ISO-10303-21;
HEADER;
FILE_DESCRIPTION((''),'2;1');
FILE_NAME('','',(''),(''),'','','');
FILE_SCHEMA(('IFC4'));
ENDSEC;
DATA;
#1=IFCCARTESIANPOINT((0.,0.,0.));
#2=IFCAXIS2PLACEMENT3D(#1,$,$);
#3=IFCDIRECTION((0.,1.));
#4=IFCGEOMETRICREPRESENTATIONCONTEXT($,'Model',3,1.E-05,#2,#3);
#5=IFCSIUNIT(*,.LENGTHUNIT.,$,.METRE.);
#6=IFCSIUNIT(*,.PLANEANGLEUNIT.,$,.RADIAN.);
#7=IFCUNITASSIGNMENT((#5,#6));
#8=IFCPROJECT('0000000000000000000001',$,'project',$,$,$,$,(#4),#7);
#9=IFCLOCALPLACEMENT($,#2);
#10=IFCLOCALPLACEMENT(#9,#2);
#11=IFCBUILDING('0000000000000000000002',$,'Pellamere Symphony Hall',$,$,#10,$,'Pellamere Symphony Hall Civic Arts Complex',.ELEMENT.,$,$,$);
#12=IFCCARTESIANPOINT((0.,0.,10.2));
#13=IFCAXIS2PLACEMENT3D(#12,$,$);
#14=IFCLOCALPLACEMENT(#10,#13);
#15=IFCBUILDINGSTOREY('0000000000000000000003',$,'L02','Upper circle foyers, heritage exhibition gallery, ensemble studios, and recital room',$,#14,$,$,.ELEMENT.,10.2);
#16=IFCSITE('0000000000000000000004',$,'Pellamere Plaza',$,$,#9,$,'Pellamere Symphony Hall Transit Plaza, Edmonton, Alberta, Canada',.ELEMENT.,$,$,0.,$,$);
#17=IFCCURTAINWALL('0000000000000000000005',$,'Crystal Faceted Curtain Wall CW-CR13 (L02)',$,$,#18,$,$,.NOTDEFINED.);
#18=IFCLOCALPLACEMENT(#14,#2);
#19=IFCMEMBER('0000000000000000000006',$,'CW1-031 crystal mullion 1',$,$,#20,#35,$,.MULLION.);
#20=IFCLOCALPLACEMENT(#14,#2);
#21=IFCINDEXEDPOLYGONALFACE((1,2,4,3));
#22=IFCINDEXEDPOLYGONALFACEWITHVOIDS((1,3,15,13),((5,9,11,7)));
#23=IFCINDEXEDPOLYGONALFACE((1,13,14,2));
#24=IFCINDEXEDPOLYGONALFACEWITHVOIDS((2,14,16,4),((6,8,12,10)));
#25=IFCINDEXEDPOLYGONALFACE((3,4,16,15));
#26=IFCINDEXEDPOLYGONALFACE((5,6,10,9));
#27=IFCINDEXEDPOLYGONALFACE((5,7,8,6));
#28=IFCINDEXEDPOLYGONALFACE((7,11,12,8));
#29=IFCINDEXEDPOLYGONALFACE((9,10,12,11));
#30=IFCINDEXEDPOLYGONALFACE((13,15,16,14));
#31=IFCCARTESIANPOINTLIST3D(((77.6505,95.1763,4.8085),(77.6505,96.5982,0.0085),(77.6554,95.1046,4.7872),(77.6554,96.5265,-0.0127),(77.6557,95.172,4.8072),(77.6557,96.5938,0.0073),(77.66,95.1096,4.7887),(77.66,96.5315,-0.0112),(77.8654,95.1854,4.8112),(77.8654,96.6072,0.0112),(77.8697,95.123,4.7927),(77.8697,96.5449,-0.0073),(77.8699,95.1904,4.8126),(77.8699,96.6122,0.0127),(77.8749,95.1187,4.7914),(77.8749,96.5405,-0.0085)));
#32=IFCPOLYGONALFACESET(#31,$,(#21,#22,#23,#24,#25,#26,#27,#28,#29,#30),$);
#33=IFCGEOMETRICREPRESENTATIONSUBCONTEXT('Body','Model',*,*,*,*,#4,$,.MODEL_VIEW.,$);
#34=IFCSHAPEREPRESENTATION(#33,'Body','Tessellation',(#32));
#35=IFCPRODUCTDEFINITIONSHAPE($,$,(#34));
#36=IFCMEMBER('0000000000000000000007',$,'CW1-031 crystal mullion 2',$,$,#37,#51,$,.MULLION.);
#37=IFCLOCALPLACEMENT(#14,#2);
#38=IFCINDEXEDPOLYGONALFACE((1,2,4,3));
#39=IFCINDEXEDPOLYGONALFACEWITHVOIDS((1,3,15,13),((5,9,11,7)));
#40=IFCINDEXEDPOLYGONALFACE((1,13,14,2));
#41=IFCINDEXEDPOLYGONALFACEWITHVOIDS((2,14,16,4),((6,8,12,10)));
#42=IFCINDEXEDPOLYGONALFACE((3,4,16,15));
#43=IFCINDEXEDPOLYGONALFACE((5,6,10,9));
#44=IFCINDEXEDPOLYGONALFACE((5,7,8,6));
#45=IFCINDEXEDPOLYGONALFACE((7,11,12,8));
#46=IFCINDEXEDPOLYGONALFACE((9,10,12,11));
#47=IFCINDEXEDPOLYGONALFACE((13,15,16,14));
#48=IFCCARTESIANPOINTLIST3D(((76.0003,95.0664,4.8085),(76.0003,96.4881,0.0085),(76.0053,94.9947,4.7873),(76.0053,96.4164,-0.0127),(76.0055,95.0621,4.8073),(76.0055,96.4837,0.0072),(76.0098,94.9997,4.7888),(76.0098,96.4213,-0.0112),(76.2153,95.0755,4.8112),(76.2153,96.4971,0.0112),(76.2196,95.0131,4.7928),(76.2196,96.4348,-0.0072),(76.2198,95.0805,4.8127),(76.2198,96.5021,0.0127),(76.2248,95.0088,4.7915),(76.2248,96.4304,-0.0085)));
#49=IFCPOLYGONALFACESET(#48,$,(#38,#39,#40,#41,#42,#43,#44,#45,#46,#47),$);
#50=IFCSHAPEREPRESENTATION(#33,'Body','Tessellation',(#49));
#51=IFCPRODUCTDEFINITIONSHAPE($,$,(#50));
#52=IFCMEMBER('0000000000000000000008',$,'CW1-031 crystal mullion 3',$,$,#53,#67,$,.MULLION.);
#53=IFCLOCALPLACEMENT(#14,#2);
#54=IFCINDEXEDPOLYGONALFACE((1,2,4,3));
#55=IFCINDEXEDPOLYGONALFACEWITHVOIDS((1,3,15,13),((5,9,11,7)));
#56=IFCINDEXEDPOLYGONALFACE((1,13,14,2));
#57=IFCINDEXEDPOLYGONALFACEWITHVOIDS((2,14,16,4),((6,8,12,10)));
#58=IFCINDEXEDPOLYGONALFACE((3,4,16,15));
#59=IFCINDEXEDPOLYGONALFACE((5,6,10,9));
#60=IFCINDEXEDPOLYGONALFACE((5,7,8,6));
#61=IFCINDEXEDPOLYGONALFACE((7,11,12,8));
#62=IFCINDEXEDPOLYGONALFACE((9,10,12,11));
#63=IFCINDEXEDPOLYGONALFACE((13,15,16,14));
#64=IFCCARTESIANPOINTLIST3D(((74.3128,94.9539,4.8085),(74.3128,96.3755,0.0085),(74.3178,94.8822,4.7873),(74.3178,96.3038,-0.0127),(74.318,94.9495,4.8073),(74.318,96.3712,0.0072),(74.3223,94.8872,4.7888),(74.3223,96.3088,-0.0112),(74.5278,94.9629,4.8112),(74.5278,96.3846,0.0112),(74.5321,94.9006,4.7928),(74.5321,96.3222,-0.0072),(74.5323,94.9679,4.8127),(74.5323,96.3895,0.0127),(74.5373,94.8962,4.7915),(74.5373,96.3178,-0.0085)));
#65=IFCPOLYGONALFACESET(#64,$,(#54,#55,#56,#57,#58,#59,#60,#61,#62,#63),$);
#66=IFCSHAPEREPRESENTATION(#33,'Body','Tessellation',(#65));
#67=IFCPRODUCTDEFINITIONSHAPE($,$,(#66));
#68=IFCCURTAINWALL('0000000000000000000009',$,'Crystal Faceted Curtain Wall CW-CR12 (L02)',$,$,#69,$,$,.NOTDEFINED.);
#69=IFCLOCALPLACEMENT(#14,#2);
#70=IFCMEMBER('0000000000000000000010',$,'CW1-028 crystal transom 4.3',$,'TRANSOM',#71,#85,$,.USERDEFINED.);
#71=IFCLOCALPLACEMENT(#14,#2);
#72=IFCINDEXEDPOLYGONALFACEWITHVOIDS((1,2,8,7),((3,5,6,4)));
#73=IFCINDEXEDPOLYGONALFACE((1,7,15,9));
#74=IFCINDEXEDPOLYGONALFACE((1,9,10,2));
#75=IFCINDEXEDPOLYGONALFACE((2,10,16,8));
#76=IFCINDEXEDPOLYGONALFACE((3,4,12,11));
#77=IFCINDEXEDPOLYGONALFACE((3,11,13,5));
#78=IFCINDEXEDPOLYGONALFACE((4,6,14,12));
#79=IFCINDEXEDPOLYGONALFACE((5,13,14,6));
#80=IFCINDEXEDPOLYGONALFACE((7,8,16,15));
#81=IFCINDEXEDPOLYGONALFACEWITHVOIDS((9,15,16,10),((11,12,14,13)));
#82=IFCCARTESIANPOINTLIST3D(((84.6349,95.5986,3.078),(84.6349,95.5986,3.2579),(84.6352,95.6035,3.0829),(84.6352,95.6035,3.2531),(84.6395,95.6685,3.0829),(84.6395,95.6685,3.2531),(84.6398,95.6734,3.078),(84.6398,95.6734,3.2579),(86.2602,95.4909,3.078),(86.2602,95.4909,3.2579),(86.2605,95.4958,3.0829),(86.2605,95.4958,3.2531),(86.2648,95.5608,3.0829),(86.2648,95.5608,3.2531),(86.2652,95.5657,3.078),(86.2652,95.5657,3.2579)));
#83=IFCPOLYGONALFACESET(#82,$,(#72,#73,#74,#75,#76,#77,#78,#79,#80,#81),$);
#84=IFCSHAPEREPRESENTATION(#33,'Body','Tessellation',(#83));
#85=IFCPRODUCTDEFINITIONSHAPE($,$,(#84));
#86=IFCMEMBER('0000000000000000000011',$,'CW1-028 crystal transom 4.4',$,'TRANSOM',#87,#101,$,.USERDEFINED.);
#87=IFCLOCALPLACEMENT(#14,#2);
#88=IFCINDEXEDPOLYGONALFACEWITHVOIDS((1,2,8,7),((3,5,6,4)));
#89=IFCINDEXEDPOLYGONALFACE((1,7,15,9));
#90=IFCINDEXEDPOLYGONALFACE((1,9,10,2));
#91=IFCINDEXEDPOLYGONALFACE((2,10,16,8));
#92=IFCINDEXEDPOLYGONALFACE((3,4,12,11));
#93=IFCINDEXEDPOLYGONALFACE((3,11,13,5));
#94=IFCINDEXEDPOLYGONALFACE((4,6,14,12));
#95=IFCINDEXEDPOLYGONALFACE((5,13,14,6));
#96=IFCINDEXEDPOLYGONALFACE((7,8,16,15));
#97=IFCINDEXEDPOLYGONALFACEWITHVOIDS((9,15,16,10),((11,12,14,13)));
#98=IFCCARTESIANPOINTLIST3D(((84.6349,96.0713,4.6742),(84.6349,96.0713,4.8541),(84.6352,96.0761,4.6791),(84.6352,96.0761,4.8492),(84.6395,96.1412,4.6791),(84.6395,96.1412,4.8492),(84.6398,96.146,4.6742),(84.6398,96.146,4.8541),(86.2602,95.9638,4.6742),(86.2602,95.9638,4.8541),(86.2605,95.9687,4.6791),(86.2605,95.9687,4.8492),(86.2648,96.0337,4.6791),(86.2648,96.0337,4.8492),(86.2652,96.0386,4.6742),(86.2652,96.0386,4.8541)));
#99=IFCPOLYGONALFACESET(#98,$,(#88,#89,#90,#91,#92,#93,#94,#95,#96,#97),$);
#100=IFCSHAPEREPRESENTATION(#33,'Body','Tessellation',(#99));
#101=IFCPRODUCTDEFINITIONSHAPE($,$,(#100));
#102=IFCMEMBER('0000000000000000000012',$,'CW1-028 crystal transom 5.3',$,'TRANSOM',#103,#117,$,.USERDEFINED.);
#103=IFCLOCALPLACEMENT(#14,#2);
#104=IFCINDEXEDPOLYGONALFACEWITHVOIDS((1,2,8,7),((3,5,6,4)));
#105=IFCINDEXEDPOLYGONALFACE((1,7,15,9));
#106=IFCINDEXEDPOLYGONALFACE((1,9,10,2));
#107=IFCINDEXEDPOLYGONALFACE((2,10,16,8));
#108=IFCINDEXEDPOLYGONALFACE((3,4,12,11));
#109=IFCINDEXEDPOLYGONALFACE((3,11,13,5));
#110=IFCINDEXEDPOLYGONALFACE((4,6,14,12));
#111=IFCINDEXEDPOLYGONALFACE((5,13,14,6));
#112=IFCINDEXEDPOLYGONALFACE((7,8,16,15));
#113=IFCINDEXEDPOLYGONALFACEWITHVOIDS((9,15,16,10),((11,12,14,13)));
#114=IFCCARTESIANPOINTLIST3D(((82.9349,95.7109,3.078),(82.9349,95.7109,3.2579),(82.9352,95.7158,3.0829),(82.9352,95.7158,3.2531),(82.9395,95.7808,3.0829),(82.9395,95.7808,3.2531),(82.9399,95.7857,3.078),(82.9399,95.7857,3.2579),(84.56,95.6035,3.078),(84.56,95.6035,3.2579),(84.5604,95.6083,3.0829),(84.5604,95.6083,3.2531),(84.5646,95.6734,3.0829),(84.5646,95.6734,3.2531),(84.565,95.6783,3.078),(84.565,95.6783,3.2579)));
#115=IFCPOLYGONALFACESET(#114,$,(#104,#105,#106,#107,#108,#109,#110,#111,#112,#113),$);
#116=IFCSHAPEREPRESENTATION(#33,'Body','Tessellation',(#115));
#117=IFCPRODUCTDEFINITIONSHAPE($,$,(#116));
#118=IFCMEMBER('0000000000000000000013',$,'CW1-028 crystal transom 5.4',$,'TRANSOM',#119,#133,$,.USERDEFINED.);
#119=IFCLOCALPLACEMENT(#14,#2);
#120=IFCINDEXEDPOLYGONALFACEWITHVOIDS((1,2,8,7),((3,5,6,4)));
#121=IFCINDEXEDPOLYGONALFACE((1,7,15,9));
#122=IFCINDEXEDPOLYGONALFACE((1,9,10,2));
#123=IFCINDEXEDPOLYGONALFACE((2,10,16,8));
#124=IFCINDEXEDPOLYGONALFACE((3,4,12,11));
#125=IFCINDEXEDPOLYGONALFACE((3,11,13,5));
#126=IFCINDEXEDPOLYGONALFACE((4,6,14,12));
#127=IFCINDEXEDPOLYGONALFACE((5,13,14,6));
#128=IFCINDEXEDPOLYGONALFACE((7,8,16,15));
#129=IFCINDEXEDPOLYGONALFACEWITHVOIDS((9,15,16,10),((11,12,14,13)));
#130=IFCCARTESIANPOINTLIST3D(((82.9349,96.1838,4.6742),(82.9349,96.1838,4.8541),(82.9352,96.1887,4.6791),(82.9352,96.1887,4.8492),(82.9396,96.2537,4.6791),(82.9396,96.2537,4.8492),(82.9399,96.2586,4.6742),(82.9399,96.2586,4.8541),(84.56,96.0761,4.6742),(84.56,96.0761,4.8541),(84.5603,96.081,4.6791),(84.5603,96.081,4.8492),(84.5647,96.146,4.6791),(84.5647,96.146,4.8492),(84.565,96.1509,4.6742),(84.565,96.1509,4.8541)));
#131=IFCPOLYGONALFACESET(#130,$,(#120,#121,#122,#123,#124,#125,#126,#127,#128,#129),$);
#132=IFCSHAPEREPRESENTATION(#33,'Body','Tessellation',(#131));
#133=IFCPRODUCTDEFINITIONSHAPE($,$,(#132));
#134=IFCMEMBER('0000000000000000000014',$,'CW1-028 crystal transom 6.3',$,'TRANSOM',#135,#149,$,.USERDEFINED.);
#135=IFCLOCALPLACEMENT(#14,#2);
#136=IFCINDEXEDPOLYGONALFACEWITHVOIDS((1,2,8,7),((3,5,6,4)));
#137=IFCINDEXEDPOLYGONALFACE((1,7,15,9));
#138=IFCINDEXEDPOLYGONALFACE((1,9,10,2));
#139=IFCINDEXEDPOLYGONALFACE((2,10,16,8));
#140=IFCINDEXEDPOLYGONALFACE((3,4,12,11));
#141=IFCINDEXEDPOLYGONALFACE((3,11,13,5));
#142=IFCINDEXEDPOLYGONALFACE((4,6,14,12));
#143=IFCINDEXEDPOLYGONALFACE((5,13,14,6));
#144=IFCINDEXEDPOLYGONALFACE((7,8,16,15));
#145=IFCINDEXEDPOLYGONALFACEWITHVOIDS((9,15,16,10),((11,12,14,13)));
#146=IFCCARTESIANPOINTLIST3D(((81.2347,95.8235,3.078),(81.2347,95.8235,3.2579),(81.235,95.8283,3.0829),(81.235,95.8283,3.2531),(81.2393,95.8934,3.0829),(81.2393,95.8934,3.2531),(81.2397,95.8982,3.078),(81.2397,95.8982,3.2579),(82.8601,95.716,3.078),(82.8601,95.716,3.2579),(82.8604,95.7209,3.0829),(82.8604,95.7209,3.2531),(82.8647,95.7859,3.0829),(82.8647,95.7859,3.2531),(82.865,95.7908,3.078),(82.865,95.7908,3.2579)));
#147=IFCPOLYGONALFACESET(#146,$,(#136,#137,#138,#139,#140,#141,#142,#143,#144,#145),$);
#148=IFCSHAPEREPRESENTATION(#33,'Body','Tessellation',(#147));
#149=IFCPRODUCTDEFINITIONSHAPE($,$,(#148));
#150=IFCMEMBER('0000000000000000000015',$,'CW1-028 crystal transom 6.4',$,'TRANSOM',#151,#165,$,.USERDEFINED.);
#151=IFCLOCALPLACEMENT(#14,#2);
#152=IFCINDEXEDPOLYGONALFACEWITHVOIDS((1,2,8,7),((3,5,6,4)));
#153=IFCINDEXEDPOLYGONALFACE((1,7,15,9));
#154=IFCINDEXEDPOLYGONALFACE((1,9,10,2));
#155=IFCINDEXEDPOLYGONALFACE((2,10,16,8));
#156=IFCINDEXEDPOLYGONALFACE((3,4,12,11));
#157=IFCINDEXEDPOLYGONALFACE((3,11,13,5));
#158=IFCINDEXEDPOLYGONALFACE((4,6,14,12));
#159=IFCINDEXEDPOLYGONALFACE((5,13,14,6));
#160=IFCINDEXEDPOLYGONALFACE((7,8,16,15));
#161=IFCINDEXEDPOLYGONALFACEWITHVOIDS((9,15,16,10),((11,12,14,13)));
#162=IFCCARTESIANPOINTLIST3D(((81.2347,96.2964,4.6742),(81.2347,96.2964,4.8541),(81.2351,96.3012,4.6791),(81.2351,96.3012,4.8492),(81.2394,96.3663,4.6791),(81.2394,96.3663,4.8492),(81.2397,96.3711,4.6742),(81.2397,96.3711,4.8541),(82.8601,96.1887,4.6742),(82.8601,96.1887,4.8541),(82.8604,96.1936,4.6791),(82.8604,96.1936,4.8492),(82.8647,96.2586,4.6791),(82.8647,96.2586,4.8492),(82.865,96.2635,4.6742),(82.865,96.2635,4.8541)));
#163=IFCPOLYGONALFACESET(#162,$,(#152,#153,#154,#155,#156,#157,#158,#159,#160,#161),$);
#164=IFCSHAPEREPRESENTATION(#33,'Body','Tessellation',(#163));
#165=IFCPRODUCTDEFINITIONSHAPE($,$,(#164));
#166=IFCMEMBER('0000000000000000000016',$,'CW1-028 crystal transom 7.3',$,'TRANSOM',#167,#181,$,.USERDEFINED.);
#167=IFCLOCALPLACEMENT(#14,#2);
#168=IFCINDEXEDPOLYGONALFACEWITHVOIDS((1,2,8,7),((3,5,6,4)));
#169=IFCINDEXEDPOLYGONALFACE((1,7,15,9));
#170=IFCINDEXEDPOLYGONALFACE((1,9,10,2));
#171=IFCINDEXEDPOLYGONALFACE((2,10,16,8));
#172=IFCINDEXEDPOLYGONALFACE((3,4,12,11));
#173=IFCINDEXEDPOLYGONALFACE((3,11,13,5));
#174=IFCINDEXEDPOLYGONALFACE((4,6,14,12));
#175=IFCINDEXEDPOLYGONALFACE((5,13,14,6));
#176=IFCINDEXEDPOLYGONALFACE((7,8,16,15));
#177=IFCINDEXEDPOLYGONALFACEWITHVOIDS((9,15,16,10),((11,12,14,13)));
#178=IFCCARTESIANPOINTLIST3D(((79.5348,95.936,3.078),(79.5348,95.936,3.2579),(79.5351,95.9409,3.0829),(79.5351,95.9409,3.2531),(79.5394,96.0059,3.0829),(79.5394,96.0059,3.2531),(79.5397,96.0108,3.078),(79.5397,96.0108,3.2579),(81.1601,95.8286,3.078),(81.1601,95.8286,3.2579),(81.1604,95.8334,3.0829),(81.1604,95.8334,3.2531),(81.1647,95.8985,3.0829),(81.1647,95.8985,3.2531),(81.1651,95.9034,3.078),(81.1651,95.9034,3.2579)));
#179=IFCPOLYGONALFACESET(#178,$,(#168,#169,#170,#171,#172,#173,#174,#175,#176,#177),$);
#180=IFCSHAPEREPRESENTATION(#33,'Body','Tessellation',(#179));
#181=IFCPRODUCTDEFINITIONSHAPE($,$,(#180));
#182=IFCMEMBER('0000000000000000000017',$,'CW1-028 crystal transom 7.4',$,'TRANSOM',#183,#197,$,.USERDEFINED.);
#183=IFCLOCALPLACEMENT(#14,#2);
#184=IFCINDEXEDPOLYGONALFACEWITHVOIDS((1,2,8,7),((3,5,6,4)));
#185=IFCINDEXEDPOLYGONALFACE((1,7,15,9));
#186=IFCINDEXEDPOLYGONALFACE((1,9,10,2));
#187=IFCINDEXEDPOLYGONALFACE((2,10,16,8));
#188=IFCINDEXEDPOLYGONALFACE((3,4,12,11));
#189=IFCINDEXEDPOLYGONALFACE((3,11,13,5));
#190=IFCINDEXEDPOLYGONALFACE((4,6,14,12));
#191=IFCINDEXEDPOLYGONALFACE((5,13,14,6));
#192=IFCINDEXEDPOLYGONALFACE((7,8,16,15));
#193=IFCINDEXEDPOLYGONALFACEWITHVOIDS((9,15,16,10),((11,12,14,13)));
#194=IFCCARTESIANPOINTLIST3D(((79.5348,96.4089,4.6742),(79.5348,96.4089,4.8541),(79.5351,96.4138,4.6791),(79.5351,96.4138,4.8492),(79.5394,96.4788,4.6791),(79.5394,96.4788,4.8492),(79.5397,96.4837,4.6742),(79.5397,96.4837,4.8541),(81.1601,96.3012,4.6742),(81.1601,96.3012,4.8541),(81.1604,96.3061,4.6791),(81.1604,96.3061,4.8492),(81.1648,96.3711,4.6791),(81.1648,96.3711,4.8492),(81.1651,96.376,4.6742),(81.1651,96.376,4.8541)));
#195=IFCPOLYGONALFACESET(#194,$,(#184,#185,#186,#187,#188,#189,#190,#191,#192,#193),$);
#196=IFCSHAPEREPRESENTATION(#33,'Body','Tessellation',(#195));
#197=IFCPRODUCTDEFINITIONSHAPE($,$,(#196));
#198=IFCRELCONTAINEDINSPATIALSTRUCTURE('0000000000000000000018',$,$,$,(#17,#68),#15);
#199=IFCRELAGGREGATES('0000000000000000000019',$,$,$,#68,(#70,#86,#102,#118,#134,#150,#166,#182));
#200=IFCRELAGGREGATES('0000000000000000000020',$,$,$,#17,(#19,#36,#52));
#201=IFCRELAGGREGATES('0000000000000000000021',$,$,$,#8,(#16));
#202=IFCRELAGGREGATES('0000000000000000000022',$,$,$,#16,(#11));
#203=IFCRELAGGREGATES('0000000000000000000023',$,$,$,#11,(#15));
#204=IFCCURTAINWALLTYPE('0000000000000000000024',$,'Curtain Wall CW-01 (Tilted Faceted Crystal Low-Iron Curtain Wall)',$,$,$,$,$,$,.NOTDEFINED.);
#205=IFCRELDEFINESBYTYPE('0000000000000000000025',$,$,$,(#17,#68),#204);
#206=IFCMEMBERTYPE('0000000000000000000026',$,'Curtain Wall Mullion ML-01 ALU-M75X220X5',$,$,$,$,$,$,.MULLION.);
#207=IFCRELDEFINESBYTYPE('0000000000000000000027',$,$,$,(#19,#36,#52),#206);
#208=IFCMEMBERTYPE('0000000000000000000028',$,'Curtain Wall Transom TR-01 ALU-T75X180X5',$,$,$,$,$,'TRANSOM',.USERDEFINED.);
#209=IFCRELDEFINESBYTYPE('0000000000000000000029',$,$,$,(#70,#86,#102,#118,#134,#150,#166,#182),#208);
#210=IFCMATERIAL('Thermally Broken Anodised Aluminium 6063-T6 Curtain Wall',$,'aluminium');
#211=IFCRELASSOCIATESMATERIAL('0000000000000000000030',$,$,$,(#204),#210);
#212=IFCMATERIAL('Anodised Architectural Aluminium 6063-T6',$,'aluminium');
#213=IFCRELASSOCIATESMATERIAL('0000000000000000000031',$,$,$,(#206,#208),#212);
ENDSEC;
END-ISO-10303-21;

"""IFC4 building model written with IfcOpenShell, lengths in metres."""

from ifc_helpers import new_model, si_unit, direction, frame, origin, origin_2d, place, context, subcontext, project, spatial, hollow_rectangle, extrude, material, material_profile, profile_set, type_object, element, aggregate, save


model = new_model("IFC4")

# Units and contexts
model_context = context("Model", 3, precision=1e-05, world=origin(), true_north=direction((0.0, 1.0)))
body_context = subcontext(model_context, "Body", "Model", "MODEL_VIEW")
ifc_project = project(units=[si_unit("LENGTHUNIT", "METRE"), si_unit("PLANEANGLEUNIT", "RADIAN")], contexts=[model_context])

# Site, building, storey
site_placement = place(None, origin())
site = spatial("IfcSite", under=ifc_project, at=site_placement, Name="Pellamere Plaza", LongName="Pellamere Symphony Hall Transit Plaza, Edmonton, Alberta, Canada", CompositionType="ELEMENT", RefElevation=0.0)
building_placement = place(site_placement, origin())
building = spatial("IfcBuilding", under=site, at=building_placement, Name="Pellamere Symphony Hall", LongName="Pellamere Symphony Hall Civic Arts Complex", CompositionType="ELEMENT")
storey_placement = place(building_placement, frame((0.0, 0.0, 10.2)))
storey = spatial("IfcBuildingStorey", under=building, at=storey_placement, Name="L02", Description="Upper circle foyers, heritage exhibition gallery, ensemble studios, and recital room", CompositionType="ELEMENT", Elevation=10.2)

# Curtain walls, members
ifc_material_1 = material(Name="Thermally Broken Anodised Aluminium 6063-T6 Curtain Wall", Category="aluminium")
curtain_wall_type = type_object("IfcCurtainWallType", Name="Curtain Wall CW-01 (Tilted Faceted Crystal Low-Iron Curtain Wall)", PredefinedType="NOTDEFINED", material=ifc_material_1)
curtain_wall_1_placement = place(storey_placement, origin())
curtain_wall_1 = element("IfcCurtainWall", 1, at=curtain_wall_1_placement, inside=storey, type_object=curtain_wall_type, Name="Crystal Faceted Curtain Wall CW-CR13 (L02)", PredefinedType="NOTDEFINED")
ifc_material_2 = material(Name="Anodised Architectural Aluminium 6063-T6", Category="aluminium")
ifc_material_profile_1 = material_profile(ifc_material_2, hollow_rectangle(XDim=0.075, YDim=0.22, WallThickness=0.0049, at=origin_2d()), Name="ALU-M75X220X5")
ifc_profile_set_1 = profile_set([ifc_material_profile_1], Name="Anodised Architectural Aluminium 6063-T6")
member_type_1 = type_object("IfcMemberType", Name="Curtain Wall Mullion ML-01 ALU-M75X220X5", PredefinedType="MULLION", material=ifc_profile_set_1)
member_1_placement = place(storey_placement, frame((77.7627, 96.5693, 0.0), z_axis=(0.0, -0.284022, 0.958818), x_axis=(0.066519, -0.956694, -0.283393)))
member_1 = element("IfcMember", 2, at=member_1_placement, type_object=member_type_1, Name="CW1-031 crystal mullion 1", PredefinedType="MULLION", context=body_context, shape_type="SweptSolid", body=[
    extrude(hollow_rectangle(XDim=0.075, YDim=0.22, WallThickness=0.0049, at=origin_2d()), origin(), (0.0, 0.0, 1.0), 5.0061),
])
member_2_placement = place(storey_placement, frame((76.1125, 96.4592, 0.0), z_axis=(0.0, -0.283977, 0.958831), x_axis=(0.066519, -0.956707, -0.283348)))
member_2 = element("IfcMember", 3, at=member_2_placement, type_object=member_type_1, Name="CW1-031 crystal mullion 2", PredefinedType="MULLION", context=body_context, shape_type="SweptSolid", body=[
    extrude(hollow_rectangle(XDim=0.075, YDim=0.22, WallThickness=0.0049, at=origin_2d()), origin(), (0.0, 0.0, 1.0), 5.0061),
])
member_3_placement = place(storey_placement, frame((74.425, 96.3467, 0.0), z_axis=(0.0, -0.283977, 0.958831), x_axis=(0.066519, -0.956707, -0.283348)))
member_3 = element("IfcMember", 4, at=member_3_placement, type_object=member_type_1, Name="CW1-031 crystal mullion 3", PredefinedType="MULLION", context=body_context, shape_type="SweptSolid", body=[
    extrude(hollow_rectangle(XDim=0.075, YDim=0.22, WallThickness=0.0049, at=origin_2d()), origin(), (0.0, 0.0, 1.0), 5.0061),
])
curtain_wall_2_placement = place(storey_placement, origin())
curtain_wall_2 = element("IfcCurtainWall", 5, at=curtain_wall_2_placement, inside=storey, type_object=curtain_wall_type, Name="Crystal Faceted Curtain Wall CW-CR12 (L02)", PredefinedType="NOTDEFINED")
ifc_material_profile_2 = material_profile(ifc_material_2, hollow_rectangle(XDim=0.075, YDim=0.1799, WallThickness=0.0049, at=origin_2d()), Name="ALU-T75X180X5")
ifc_profile_set_2 = profile_set([ifc_material_profile_2], Name="Anodised Architectural Aluminium 6063-T6")
member_type_2 = type_object("IfcMemberType", Name="Curtain Wall Transom TR-01 ALU-T75X180X5", ElementType="TRANSOM", PredefinedType="USERDEFINED", material=ifc_profile_set_2)
member_4_placement = place(storey_placement, frame((86.2627, 95.5283, 3.168), z_axis=(-0.997813, 0.066101, 0.0), x_axis=(-0.066101, -0.997813, 0.0)))
member_4 = element("IfcMember", 6, at=member_4_placement, type_object=member_type_2, Name="CW1-028 crystal transom 4.3", ObjectType="TRANSOM", PredefinedType="USERDEFINED", context=body_context, shape_type="SweptSolid", body=[
    extrude(hollow_rectangle(XDim=0.075, YDim=0.1799, WallThickness=0.0049, at=origin_2d()), origin(), (0.0, 0.0, 1.0), 1.6289),
])
member_5_placement = place(storey_placement, frame((86.2627, 96.0012, 4.7642), z_axis=(-0.997823, 0.065952, 0.0), x_axis=(-0.065952, -0.997823, 0.0)))
member_5 = element("IfcMember", 7, at=member_5_placement, type_object=member_type_2, Name="CW1-028 crystal transom 4.4", ObjectType="TRANSOM", PredefinedType="USERDEFINED", context=body_context, shape_type="SweptSolid", body=[
    extrude(hollow_rectangle(XDim=0.075, YDim=0.1799, WallThickness=0.0049, at=origin_2d()), origin(), (0.0, 0.0, 1.0), 1.6289),
])
member_6_placement = place(storey_placement, frame((84.5625, 95.6409, 3.168), z_axis=(-0.997822, 0.065962, 0.0), x_axis=(-0.065962, -0.997822, 0.0)))
member_6 = element("IfcMember", 8, at=member_6_placement, type_object=member_type_2, Name="CW1-028 crystal transom 5.3", ObjectType="TRANSOM", PredefinedType="USERDEFINED", context=body_context, shape_type="SweptSolid", body=[
    extrude(hollow_rectangle(XDim=0.075, YDim=0.1799, WallThickness=0.0049, at=origin_2d()), origin(), (0.0, 0.0, 1.0), 1.6287),
])
member_7_placement = place(storey_placement, frame((84.5625, 96.1135, 4.7642), z_axis=(-0.997812, 0.066111, 0.0), x_axis=(-0.066111, -0.997812, 0.0)))
member_7 = element("IfcMember", 9, at=member_7_placement, type_object=member_type_2, Name="CW1-028 crystal transom 5.4", ObjectType="TRANSOM", PredefinedType="USERDEFINED", context=body_context, shape_type="SweptSolid", body=[
    extrude(hollow_rectangle(XDim=0.075, YDim=0.1799, WallThickness=0.0049, at=origin_2d()), origin(), (0.0, 0.0, 1.0), 1.6287),
])
member_8_placement = place(storey_placement, frame((82.8625, 95.7534, 3.168), z_axis=(-0.997823, 0.065952, 0.0), x_axis=(-0.065952, -0.997823, 0.0)))
member_8 = element("IfcMember", 10, at=member_8_placement, type_object=member_type_2, Name="CW1-028 crystal transom 6.3", ObjectType="TRANSOM", PredefinedType="USERDEFINED", context=body_context, shape_type="SweptSolid", body=[
    extrude(hollow_rectangle(XDim=0.075, YDim=0.1799, WallThickness=0.0049, at=origin_2d()), origin(), (0.0, 0.0, 1.0), 1.6289),
])
member_9_placement = place(storey_placement, frame((82.8625, 96.2261, 4.7642), z_axis=(-0.997813, 0.066101, 0.0), x_axis=(-0.066101, -0.997813, 0.0)))
member_9 = element("IfcMember", 11, at=member_9_placement, type_object=member_type_2, Name="CW1-028 crystal transom 6.4", ObjectType="TRANSOM", PredefinedType="USERDEFINED", context=body_context, shape_type="SweptSolid", body=[
    extrude(hollow_rectangle(XDim=0.075, YDim=0.1799, WallThickness=0.0049, at=origin_2d()), origin(), (0.0, 0.0, 1.0), 1.6289),
])
member_10_placement = place(storey_placement, frame((81.1626, 95.866, 3.168), z_axis=(-0.997823, 0.065952, 0.0), x_axis=(-0.065952, -0.997823, 0.0)))
member_10 = element("IfcMember", 12, at=member_10_placement, type_object=member_type_2, Name="CW1-028 crystal transom 7.3", ObjectType="TRANSOM", PredefinedType="USERDEFINED", context=body_context, shape_type="SweptSolid", body=[
    extrude(hollow_rectangle(XDim=0.075, YDim=0.1799, WallThickness=0.0049, at=origin_2d()), origin(), (0.0, 0.0, 1.0), 1.6289),
])
member_11_placement = place(storey_placement, frame((81.1626, 96.3386, 4.7642), z_axis=(-0.997813, 0.066101, 0.0), x_axis=(-0.066101, -0.997813, 0.0)))
member_11 = element("IfcMember", 13, at=member_11_placement, type_object=member_type_2, Name="CW1-028 crystal transom 7.4", ObjectType="TRANSOM", PredefinedType="USERDEFINED", context=body_context, shape_type="SweptSolid", body=[
    extrude(hollow_rectangle(XDim=0.075, YDim=0.1799, WallThickness=0.0049, at=origin_2d()), origin(), (0.0, 0.0, 1.0), 1.6289),
])

aggregate(curtain_wall_2, [member_4, member_5, member_6, member_7, member_8, member_9, member_10, member_11])
aggregate(curtain_wall_1, [member_1, member_2, member_3])

save(model, "model.ifc")
